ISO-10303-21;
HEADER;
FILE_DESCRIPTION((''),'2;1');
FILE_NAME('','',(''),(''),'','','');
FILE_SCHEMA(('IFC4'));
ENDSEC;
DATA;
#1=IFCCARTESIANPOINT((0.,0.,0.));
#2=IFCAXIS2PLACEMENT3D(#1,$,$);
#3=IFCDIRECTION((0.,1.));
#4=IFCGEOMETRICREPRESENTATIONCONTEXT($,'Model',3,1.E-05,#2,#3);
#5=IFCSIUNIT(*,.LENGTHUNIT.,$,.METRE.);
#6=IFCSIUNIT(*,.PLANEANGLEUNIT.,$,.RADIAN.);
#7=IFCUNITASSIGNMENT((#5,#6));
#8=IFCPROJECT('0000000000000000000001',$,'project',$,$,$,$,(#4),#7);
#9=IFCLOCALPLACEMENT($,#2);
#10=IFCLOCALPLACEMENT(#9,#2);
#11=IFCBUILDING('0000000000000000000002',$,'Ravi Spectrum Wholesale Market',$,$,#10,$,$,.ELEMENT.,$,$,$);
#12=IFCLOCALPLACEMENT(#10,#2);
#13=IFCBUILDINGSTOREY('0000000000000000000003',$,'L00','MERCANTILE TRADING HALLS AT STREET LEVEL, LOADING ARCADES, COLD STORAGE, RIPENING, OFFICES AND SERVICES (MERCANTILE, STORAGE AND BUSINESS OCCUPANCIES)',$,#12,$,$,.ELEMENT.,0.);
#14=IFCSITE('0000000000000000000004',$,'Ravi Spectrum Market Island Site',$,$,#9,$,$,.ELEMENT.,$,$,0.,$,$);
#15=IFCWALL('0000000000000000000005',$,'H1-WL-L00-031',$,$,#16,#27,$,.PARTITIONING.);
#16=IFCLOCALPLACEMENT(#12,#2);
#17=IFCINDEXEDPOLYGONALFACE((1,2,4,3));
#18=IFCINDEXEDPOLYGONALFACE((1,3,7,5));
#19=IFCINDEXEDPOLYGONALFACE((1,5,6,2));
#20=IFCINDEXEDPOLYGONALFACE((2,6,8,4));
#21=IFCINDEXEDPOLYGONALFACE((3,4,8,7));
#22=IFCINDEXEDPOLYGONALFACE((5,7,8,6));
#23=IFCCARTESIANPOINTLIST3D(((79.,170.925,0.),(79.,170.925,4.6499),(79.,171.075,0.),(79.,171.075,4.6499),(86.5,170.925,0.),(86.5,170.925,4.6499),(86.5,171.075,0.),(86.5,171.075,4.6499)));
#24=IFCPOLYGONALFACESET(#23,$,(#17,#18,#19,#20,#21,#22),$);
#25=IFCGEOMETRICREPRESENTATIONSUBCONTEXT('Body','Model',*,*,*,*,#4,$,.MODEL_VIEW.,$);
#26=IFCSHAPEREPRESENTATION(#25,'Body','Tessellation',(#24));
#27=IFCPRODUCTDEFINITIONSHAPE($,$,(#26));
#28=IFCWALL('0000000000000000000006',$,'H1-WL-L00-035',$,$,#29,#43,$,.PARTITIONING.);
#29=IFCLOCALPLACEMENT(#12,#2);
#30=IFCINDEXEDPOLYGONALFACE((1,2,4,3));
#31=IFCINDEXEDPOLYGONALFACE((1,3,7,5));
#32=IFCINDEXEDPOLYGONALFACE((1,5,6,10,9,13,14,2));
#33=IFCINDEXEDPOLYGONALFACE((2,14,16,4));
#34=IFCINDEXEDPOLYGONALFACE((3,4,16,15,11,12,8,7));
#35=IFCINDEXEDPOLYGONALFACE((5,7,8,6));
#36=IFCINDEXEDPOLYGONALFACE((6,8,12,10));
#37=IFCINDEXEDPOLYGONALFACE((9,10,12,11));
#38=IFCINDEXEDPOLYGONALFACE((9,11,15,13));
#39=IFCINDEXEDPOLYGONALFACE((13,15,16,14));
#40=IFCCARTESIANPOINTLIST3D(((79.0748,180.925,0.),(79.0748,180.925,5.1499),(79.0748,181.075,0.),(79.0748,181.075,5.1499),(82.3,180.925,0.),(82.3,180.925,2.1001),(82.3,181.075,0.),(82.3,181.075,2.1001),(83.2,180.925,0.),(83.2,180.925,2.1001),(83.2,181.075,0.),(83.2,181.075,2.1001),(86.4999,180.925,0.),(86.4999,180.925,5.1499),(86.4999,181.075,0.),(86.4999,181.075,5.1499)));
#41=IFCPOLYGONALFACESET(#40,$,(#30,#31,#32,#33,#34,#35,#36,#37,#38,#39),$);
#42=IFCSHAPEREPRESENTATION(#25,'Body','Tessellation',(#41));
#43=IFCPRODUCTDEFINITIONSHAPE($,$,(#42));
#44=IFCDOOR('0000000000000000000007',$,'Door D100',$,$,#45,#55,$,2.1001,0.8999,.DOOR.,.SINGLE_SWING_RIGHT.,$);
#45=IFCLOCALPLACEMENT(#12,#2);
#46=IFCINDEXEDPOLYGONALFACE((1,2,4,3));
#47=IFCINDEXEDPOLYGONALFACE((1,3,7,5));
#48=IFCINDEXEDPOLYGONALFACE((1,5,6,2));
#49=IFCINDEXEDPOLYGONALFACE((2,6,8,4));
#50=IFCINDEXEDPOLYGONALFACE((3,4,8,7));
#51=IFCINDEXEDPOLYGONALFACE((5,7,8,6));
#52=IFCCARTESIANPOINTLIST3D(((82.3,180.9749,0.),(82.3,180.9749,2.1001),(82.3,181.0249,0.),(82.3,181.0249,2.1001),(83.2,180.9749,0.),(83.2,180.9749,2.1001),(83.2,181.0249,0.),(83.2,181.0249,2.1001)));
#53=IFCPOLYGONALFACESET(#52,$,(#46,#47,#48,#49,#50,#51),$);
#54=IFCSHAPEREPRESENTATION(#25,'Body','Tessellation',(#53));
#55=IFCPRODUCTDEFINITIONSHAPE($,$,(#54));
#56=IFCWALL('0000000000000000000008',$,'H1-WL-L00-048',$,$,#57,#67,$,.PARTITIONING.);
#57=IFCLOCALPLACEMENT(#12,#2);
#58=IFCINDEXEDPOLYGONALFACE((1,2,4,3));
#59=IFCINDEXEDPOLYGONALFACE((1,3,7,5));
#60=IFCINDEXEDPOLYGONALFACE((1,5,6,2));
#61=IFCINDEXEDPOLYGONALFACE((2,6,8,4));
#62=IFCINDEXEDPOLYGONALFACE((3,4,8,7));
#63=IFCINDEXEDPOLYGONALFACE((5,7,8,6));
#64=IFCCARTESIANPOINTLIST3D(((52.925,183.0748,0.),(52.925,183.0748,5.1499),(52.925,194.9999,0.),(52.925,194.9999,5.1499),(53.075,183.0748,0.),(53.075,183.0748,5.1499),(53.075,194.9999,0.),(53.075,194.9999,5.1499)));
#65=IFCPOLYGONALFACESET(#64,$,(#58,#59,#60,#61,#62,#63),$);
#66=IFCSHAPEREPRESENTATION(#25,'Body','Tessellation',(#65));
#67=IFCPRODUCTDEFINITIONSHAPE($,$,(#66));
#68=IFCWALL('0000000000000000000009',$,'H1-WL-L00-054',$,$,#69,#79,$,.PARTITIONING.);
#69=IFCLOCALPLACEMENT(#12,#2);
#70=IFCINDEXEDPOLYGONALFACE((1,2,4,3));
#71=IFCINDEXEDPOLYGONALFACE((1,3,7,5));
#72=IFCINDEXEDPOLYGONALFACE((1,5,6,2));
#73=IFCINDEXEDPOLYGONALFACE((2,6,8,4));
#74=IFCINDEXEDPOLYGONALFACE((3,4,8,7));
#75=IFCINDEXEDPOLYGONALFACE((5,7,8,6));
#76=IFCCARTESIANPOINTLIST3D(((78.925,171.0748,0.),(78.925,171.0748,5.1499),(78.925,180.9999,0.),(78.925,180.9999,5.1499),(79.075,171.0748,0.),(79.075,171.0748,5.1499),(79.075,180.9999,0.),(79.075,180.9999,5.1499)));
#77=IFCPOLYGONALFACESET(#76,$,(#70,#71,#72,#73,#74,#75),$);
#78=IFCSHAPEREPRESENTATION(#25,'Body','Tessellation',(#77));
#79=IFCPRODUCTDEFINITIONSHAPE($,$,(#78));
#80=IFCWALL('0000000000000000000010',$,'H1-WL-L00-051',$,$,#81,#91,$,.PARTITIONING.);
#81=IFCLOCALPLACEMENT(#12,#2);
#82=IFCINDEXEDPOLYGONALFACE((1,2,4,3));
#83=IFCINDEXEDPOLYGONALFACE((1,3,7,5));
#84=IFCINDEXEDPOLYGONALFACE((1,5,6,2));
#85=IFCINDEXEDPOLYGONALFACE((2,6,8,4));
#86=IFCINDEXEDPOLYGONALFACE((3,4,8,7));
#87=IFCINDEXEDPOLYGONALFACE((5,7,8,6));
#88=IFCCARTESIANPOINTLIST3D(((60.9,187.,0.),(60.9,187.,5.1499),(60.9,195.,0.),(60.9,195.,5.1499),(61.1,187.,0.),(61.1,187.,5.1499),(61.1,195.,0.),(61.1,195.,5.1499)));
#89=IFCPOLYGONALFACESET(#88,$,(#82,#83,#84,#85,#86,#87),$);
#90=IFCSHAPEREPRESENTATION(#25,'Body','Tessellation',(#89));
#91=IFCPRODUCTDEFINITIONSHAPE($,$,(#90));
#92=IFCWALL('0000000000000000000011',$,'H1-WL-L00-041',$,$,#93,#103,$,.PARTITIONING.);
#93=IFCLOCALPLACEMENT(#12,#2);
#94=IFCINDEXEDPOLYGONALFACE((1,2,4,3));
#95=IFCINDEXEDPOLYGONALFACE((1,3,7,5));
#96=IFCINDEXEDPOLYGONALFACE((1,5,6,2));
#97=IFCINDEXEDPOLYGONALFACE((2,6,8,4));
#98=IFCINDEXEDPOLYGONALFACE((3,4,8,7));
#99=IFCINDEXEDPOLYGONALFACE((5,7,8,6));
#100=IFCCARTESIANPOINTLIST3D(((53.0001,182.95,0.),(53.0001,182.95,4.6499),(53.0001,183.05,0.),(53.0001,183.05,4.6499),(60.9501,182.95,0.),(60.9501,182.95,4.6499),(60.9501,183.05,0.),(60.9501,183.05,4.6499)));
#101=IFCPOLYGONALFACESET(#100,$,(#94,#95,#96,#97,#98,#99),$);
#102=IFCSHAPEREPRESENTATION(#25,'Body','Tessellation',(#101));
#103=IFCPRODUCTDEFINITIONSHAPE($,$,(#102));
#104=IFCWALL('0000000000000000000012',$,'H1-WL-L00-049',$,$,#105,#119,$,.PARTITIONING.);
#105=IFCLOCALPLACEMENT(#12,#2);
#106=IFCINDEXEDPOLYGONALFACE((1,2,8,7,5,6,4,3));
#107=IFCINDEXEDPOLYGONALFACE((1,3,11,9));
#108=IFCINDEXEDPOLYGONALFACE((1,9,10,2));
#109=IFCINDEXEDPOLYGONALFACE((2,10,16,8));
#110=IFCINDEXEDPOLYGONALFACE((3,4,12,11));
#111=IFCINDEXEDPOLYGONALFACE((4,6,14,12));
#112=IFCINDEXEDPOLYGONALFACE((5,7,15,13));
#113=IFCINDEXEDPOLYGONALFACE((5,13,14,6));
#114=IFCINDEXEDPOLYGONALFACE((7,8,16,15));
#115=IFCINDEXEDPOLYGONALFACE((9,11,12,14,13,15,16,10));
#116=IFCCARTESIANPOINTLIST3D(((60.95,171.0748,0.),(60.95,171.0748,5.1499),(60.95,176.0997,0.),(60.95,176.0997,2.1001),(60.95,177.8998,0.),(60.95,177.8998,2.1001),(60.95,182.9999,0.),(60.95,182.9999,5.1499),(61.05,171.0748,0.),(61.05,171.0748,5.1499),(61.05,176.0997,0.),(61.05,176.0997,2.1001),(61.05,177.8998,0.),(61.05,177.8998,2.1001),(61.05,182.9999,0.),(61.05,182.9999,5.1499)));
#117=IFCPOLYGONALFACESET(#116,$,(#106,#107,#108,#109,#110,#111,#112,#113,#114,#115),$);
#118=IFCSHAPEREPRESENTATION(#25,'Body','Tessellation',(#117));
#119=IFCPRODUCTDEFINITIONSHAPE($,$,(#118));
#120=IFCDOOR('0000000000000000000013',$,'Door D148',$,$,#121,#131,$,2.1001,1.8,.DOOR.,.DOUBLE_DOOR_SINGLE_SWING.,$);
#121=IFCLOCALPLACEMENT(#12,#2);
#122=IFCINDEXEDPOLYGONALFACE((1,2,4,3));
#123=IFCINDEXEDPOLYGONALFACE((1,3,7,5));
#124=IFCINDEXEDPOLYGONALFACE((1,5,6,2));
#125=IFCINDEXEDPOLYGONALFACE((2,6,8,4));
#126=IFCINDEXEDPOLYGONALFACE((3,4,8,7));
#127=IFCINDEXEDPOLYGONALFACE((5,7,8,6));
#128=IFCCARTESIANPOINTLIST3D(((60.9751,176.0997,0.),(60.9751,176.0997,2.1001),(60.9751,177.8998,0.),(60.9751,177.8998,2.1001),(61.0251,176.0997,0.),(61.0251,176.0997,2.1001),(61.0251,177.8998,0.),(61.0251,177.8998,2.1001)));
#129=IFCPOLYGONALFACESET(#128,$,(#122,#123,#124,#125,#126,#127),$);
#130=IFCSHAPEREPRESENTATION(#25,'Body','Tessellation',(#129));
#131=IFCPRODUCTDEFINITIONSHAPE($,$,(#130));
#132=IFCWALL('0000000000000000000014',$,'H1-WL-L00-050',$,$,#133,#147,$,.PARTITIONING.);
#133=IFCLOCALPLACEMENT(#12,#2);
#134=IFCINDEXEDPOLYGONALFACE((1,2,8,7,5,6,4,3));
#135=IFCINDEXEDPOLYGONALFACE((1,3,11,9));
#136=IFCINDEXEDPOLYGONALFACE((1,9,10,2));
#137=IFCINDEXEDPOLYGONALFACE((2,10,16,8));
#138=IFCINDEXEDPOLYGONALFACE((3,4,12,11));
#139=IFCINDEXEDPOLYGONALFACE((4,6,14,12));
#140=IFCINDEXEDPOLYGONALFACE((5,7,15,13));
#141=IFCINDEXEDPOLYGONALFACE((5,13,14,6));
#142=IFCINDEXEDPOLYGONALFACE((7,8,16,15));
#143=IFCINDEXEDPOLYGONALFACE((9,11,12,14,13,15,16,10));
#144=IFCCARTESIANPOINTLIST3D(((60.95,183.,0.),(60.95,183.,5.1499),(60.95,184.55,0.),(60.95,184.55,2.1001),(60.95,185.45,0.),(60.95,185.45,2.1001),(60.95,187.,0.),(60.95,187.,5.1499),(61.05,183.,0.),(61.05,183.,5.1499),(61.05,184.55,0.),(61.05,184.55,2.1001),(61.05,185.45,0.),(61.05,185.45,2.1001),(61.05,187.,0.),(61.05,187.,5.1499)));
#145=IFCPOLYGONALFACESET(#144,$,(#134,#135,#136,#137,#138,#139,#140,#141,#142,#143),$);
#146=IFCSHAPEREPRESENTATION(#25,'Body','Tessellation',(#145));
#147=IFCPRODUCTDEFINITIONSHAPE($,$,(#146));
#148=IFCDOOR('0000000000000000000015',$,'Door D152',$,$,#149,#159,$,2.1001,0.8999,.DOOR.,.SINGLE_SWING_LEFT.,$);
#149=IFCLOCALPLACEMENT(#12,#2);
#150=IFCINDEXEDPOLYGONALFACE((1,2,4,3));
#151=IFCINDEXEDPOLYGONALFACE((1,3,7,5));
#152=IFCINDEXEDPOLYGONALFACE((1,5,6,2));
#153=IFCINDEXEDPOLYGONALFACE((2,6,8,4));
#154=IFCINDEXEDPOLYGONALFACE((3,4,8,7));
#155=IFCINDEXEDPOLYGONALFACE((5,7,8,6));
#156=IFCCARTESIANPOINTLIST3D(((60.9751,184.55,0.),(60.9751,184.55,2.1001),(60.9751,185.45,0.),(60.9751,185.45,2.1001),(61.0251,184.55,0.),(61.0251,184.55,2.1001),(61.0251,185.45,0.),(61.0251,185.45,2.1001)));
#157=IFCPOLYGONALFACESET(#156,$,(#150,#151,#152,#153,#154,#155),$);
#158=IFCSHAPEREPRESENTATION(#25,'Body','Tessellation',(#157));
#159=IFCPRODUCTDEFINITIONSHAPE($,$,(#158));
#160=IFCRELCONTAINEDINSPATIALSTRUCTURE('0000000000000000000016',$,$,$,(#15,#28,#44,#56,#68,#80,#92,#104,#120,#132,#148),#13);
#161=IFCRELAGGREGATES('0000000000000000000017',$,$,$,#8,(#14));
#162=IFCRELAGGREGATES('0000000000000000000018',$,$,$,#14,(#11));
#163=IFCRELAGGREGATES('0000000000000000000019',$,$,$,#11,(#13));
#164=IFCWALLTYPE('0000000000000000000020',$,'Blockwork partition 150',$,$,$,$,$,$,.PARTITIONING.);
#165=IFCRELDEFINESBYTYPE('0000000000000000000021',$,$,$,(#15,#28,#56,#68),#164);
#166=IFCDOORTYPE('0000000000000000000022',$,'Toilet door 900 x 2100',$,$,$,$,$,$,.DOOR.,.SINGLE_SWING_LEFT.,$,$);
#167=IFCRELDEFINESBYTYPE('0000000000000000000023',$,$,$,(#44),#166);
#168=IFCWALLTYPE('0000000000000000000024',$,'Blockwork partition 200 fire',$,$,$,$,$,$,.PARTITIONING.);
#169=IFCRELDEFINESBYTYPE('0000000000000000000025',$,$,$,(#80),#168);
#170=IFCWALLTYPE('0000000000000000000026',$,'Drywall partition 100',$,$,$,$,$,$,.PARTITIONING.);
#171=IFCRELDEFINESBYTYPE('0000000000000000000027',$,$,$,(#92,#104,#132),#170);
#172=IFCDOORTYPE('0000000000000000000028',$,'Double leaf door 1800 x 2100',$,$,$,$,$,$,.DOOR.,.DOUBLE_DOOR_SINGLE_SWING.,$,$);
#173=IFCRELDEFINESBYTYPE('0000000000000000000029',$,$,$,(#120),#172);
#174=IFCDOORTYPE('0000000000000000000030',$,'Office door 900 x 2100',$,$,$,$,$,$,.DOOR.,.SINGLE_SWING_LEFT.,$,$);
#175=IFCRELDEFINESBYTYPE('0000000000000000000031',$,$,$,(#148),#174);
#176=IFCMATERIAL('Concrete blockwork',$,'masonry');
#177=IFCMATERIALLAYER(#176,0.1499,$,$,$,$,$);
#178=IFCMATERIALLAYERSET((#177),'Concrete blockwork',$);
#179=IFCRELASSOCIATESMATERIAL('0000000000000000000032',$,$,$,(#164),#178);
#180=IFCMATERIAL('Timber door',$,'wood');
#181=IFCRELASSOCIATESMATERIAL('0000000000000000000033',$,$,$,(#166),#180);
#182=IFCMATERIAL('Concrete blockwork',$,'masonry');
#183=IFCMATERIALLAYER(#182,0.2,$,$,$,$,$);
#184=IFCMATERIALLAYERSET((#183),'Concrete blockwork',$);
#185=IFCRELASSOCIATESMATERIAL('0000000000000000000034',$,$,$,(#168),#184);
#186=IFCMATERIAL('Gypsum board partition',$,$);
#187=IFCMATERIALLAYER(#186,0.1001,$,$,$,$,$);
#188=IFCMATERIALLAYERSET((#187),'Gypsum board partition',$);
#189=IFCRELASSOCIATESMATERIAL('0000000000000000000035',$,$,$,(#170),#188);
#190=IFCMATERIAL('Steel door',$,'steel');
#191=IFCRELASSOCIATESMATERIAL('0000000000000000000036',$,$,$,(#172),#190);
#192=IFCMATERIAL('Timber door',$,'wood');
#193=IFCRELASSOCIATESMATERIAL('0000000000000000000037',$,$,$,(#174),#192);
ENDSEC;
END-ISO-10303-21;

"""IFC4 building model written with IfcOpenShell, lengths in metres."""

from ifc_helpers import new_model, si_unit, direction, frame, frame_2d, origin, place, context, subcontext, project, spatial, rectangle, extrude, material, layer, layer_set, type_object, element, fill, save


model = new_model("IFC4")

# Units and contexts
model_context = context("Model", 3, precision=1e-05, world=origin(), true_north=direction((0.0, 1.0)))
body_context = subcontext(model_context, "Body", "Model", "MODEL_VIEW")
ifc_project = project(units=[si_unit("LENGTHUNIT", "METRE"), si_unit("PLANEANGLEUNIT", "RADIAN")], contexts=[model_context])

# Site, building, storey
site_placement = place(None, origin())
site = spatial("IfcSite", under=ifc_project, at=site_placement, Name="Ravi Spectrum Market Island Site", CompositionType="ELEMENT", RefElevation=0.0)
building_placement = place(site_placement, origin())
building = spatial("IfcBuilding", under=site, at=building_placement, Name="Ravi Spectrum Wholesale Market", CompositionType="ELEMENT")
storey_placement = place(building_placement, origin())
storey = spatial("IfcBuildingStorey", under=building, at=storey_placement, Name="L00", Description="MERCANTILE TRADING HALLS AT STREET LEVEL, LOADING ARCADES, COLD STORAGE, RIPENING, OFFICES AND SERVICES (MERCANTILE, STORAGE AND BUSINESS OCCUPANCIES)", CompositionType="ELEMENT", Elevation=0.0)

# Shared definitions
ifc_material_1 = material(Name="Concrete blockwork", Category="masonry")
ifc_layer_1 = layer(ifc_material_1, 0.1499)
ifc_layer_set_1 = layer_set([ifc_layer_1], Name="Concrete blockwork")
wall_type_1 = type_object("IfcWallType", Name="Blockwork partition 150", PredefinedType="PARTITIONING", material=ifc_layer_set_1)

# Wall
wall_1_placement = place(storey_placement, frame((79.0, 171.0, 0.0), z_axis=(0.0, 0.0, 1.0), x_axis=(1.0, 0.0, 0.0)))
element("IfcWall", 1, at=wall_1_placement, inside=storey, type_object=wall_type_1, Name="H1-WL-L00-031", PredefinedType="PARTITIONING", context=body_context, shape_type="SweptSolid", body=[
    extrude(rectangle(XDim=7.5, YDim=0.1499, at=frame_2d((3.75, 0.0))), origin(), (0.0, 0.0, 1.0), 4.6499),
])

# Wall, opening, door
wall_2_placement = place(storey_placement, frame((79.075, 181.0, 0.0), z_axis=(0.0, 0.0, 1.0), x_axis=(1.0, 0.0, 0.0)))
wall_2 = element("IfcWall", 2, at=wall_2_placement, inside=storey, type_object=wall_type_1, Name="H1-WL-L00-035", PredefinedType="PARTITIONING", context=body_context, shape_type="SweptSolid", body=[
    extrude(rectangle(XDim=7.425, YDim=0.1499, at=frame_2d((3.7124, 0.0))), origin(), (0.0, 0.0, 1.0), 5.1499),
])
opening_1_placement = place(wall_2_placement, frame((3.2251, 0.0, 0.0)))
opening_1 = element("IfcOpeningElement", 3, at=opening_1_placement, cuts=wall_2, PredefinedType="OPENING", context=body_context, shape_type="SweptSolid", body=[
    extrude(rectangle(XDim=0.8999, YDim=2.1001, at=frame_2d((0.45, 1.05))), frame((0.0, 0.085, 0.0), z_axis=(0.0, -1.0, 0.0), x_axis=(1.0, 0.0, 0.0)), (0.0, 0.0, 1.0), 0.1699),
])
ifc_material_2 = material(Name="Timber door", Category="wood")
door_type_1 = type_object("IfcDoorType", Name="Toilet door 900 x 2100", OperationType="SINGLE_SWING_LEFT", PredefinedType="DOOR", material=ifc_material_2)
door_1_placement = place(opening_1_placement, origin())
door_1 = element("IfcDoor", 4, at=door_1_placement, inside=storey, type_object=door_type_1, Name="Door D100", OperationType="SINGLE_SWING_RIGHT", OverallHeight=2.1001, OverallWidth=0.8999, PredefinedType="DOOR", context=body_context, shape_type="SweptSolid", body=[
    extrude(rectangle(XDim=0.8999, YDim=2.1001, at=frame_2d((0.45, 1.05))), frame((0.0, 0.0249, 0.0), z_axis=(0.0, -1.0, 0.0), x_axis=(1.0, 0.0, 0.0)), (0.0, 0.0, 1.0), 0.05),
])
fill(opening_1, door_1)

# Walls
wall_3_placement = place(storey_placement, frame((53.0, 183.075, 0.0), z_axis=(0.0, 0.0, 1.0), x_axis=(0.0, 1.0, 0.0)))
element("IfcWall", 5, at=wall_3_placement, inside=storey, type_object=wall_type_1, Name="H1-WL-L00-048", PredefinedType="PARTITIONING", context=body_context, shape_type="SweptSolid", body=[
    extrude(rectangle(XDim=11.925, YDim=0.1499, at=frame_2d((5.9624, 0.0))), origin(), (0.0, 0.0, 1.0), 5.1499),
])
wall_4_placement = place(storey_placement, frame((79.0, 171.075, 0.0), z_axis=(0.0, 0.0, 1.0), x_axis=(0.0, 1.0, 0.0)))
element("IfcWall", 6, at=wall_4_placement, inside=storey, type_object=wall_type_1, Name="H1-WL-L00-054", PredefinedType="PARTITIONING", context=body_context, shape_type="SweptSolid", body=[
    extrude(rectangle(XDim=9.925, YDim=0.1499, at=frame_2d((4.9624, 0.0))), origin(), (0.0, 0.0, 1.0), 5.1499),
])
ifc_material_3 = material(Name="Concrete blockwork", Category="masonry")
ifc_layer_2 = layer(ifc_material_3, 0.2)
ifc_layer_set_2 = layer_set([ifc_layer_2], Name="Concrete blockwork")
wall_type_2 = type_object("IfcWallType", Name="Blockwork partition 200 fire", PredefinedType="PARTITIONING", material=ifc_layer_set_2)
wall_5_placement = place(storey_placement, frame((61.0, 187.0, 0.0), z_axis=(0.0, 0.0, 1.0), x_axis=(0.0, 1.0, 0.0)))
element("IfcWall", 7, at=wall_5_placement, inside=storey, type_object=wall_type_2, Name="H1-WL-L00-051", PredefinedType="PARTITIONING", context=body_context, shape_type="SweptSolid", body=[
    extrude(rectangle(XDim=8.0, YDim=0.2, at=frame_2d((4.0, 0.0))), origin(), (0.0, 0.0, 1.0), 5.1499),
])
ifc_material_4 = material(Name="Gypsum board partition")
ifc_layer_3 = layer(ifc_material_4, 0.1001)
ifc_layer_set_3 = layer_set([ifc_layer_3], Name="Gypsum board partition")
wall_type_3 = type_object("IfcWallType", Name="Drywall partition 100", PredefinedType="PARTITIONING", material=ifc_layer_set_3)
wall_6_placement = place(storey_placement, frame((53.0, 183.0, 0.0), z_axis=(0.0, 0.0, 1.0), x_axis=(1.0, 0.0, 0.0)))
element("IfcWall", 8, at=wall_6_placement, inside=storey, type_object=wall_type_3, Name="H1-WL-L00-041", PredefinedType="PARTITIONING", context=body_context, shape_type="SweptSolid", body=[
    extrude(rectangle(XDim=7.95, YDim=0.1001, at=frame_2d((3.9751, 0.0))), origin(), (0.0, 0.0, 1.0), 4.6499),
])

# Walls, openings, doors
wall_7_placement = place(storey_placement, frame((61.0, 171.075, 0.0), z_axis=(0.0, 0.0, 1.0), x_axis=(0.0, 1.0, 0.0)))
wall_7 = element("IfcWall", 9, at=wall_7_placement, inside=storey, type_object=wall_type_3, Name="H1-WL-L00-049", PredefinedType="PARTITIONING", context=body_context, shape_type="SweptSolid", body=[
    extrude(rectangle(XDim=11.925, YDim=0.1001, at=frame_2d((5.9624, 0.0))), origin(), (0.0, 0.0, 1.0), 5.1499),
])
opening_2_placement = place(wall_7_placement, frame((5.0249, 0.0, 0.0)))
opening_2 = element("IfcOpeningElement", 10, at=opening_2_placement, cuts=wall_7, PredefinedType="OPENING", context=body_context, shape_type="SweptSolid", body=[
    extrude(rectangle(XDim=1.8, YDim=2.1001, at=frame_2d((0.8999, 1.05))), frame((0.0, 0.0601, 0.0), z_axis=(0.0, -1.0, 0.0), x_axis=(1.0, 0.0, 0.0)), (0.0, 0.0, 1.0), 0.1201),
])
ifc_material_5 = material(Name="Steel door", Category="steel")
door_type_2 = type_object("IfcDoorType", Name="Double leaf door 1800 x 2100", OperationType="DOUBLE_DOOR_SINGLE_SWING", PredefinedType="DOOR", material=ifc_material_5)
door_2_placement = place(opening_2_placement, origin())
door_2 = element("IfcDoor", 11, at=door_2_placement, inside=storey, type_object=door_type_2, Name="Door D148", OperationType="DOUBLE_DOOR_SINGLE_SWING", OverallHeight=2.1001, OverallWidth=1.8, PredefinedType="DOOR", context=body_context, shape_type="SweptSolid", body=[
    extrude(rectangle(XDim=1.8, YDim=2.1001, at=frame_2d((0.8999, 1.05))), frame((0.0, 0.0249, 0.0), z_axis=(0.0, -1.0, 0.0), x_axis=(1.0, 0.0, 0.0)), (0.0, 0.0, 1.0), 0.05),
])
fill(opening_2, door_2)
wall_8_placement = place(storey_placement, frame((61.0, 183.0, 0.0), z_axis=(0.0, 0.0, 1.0), x_axis=(0.0, 1.0, 0.0)))
wall_8 = element("IfcWall", 12, at=wall_8_placement, inside=storey, type_object=wall_type_3, Name="H1-WL-L00-050", PredefinedType="PARTITIONING", context=body_context, shape_type="SweptSolid", body=[
    extrude(rectangle(XDim=4.0, YDim=0.1001, at=frame_2d((2.0, 0.0))), origin(), (0.0, 0.0, 1.0), 5.1499),
])
opening_3_placement = place(wall_8_placement, frame((1.55, 0.0, 0.0)))
opening_3 = element("IfcOpeningElement", 13, at=opening_3_placement, cuts=wall_8, PredefinedType="OPENING", context=body_context, shape_type="SweptSolid", body=[
    extrude(rectangle(XDim=0.8999, YDim=2.1001, at=frame_2d((0.45, 1.05))), frame((0.0, 0.0601, 0.0), z_axis=(0.0, -1.0, 0.0), x_axis=(1.0, 0.0, 0.0)), (0.0, 0.0, 1.0), 0.1201),
])
ifc_material_6 = material(Name="Timber door", Category="wood")
door_type_3 = type_object("IfcDoorType", Name="Office door 900 x 2100", OperationType="SINGLE_SWING_LEFT", PredefinedType="DOOR", material=ifc_material_6)
door_3_placement = place(opening_3_placement, origin())
door_3 = element("IfcDoor", 14, at=door_3_placement, inside=storey, type_object=door_type_3, Name="Door D152", OperationType="SINGLE_SWING_LEFT", OverallHeight=2.1001, OverallWidth=0.8999, PredefinedType="DOOR", context=body_context, shape_type="SweptSolid", body=[
    extrude(rectangle(XDim=0.8999, YDim=2.1001, at=frame_2d((0.45, 1.05))), frame((0.0, 0.0249, 0.0), z_axis=(0.0, -1.0, 0.0), x_axis=(1.0, 0.0, 0.0)), (0.0, 0.0, 1.0), 0.05),
])
fill(opening_3, door_3)

save(model, "model.ifc")
